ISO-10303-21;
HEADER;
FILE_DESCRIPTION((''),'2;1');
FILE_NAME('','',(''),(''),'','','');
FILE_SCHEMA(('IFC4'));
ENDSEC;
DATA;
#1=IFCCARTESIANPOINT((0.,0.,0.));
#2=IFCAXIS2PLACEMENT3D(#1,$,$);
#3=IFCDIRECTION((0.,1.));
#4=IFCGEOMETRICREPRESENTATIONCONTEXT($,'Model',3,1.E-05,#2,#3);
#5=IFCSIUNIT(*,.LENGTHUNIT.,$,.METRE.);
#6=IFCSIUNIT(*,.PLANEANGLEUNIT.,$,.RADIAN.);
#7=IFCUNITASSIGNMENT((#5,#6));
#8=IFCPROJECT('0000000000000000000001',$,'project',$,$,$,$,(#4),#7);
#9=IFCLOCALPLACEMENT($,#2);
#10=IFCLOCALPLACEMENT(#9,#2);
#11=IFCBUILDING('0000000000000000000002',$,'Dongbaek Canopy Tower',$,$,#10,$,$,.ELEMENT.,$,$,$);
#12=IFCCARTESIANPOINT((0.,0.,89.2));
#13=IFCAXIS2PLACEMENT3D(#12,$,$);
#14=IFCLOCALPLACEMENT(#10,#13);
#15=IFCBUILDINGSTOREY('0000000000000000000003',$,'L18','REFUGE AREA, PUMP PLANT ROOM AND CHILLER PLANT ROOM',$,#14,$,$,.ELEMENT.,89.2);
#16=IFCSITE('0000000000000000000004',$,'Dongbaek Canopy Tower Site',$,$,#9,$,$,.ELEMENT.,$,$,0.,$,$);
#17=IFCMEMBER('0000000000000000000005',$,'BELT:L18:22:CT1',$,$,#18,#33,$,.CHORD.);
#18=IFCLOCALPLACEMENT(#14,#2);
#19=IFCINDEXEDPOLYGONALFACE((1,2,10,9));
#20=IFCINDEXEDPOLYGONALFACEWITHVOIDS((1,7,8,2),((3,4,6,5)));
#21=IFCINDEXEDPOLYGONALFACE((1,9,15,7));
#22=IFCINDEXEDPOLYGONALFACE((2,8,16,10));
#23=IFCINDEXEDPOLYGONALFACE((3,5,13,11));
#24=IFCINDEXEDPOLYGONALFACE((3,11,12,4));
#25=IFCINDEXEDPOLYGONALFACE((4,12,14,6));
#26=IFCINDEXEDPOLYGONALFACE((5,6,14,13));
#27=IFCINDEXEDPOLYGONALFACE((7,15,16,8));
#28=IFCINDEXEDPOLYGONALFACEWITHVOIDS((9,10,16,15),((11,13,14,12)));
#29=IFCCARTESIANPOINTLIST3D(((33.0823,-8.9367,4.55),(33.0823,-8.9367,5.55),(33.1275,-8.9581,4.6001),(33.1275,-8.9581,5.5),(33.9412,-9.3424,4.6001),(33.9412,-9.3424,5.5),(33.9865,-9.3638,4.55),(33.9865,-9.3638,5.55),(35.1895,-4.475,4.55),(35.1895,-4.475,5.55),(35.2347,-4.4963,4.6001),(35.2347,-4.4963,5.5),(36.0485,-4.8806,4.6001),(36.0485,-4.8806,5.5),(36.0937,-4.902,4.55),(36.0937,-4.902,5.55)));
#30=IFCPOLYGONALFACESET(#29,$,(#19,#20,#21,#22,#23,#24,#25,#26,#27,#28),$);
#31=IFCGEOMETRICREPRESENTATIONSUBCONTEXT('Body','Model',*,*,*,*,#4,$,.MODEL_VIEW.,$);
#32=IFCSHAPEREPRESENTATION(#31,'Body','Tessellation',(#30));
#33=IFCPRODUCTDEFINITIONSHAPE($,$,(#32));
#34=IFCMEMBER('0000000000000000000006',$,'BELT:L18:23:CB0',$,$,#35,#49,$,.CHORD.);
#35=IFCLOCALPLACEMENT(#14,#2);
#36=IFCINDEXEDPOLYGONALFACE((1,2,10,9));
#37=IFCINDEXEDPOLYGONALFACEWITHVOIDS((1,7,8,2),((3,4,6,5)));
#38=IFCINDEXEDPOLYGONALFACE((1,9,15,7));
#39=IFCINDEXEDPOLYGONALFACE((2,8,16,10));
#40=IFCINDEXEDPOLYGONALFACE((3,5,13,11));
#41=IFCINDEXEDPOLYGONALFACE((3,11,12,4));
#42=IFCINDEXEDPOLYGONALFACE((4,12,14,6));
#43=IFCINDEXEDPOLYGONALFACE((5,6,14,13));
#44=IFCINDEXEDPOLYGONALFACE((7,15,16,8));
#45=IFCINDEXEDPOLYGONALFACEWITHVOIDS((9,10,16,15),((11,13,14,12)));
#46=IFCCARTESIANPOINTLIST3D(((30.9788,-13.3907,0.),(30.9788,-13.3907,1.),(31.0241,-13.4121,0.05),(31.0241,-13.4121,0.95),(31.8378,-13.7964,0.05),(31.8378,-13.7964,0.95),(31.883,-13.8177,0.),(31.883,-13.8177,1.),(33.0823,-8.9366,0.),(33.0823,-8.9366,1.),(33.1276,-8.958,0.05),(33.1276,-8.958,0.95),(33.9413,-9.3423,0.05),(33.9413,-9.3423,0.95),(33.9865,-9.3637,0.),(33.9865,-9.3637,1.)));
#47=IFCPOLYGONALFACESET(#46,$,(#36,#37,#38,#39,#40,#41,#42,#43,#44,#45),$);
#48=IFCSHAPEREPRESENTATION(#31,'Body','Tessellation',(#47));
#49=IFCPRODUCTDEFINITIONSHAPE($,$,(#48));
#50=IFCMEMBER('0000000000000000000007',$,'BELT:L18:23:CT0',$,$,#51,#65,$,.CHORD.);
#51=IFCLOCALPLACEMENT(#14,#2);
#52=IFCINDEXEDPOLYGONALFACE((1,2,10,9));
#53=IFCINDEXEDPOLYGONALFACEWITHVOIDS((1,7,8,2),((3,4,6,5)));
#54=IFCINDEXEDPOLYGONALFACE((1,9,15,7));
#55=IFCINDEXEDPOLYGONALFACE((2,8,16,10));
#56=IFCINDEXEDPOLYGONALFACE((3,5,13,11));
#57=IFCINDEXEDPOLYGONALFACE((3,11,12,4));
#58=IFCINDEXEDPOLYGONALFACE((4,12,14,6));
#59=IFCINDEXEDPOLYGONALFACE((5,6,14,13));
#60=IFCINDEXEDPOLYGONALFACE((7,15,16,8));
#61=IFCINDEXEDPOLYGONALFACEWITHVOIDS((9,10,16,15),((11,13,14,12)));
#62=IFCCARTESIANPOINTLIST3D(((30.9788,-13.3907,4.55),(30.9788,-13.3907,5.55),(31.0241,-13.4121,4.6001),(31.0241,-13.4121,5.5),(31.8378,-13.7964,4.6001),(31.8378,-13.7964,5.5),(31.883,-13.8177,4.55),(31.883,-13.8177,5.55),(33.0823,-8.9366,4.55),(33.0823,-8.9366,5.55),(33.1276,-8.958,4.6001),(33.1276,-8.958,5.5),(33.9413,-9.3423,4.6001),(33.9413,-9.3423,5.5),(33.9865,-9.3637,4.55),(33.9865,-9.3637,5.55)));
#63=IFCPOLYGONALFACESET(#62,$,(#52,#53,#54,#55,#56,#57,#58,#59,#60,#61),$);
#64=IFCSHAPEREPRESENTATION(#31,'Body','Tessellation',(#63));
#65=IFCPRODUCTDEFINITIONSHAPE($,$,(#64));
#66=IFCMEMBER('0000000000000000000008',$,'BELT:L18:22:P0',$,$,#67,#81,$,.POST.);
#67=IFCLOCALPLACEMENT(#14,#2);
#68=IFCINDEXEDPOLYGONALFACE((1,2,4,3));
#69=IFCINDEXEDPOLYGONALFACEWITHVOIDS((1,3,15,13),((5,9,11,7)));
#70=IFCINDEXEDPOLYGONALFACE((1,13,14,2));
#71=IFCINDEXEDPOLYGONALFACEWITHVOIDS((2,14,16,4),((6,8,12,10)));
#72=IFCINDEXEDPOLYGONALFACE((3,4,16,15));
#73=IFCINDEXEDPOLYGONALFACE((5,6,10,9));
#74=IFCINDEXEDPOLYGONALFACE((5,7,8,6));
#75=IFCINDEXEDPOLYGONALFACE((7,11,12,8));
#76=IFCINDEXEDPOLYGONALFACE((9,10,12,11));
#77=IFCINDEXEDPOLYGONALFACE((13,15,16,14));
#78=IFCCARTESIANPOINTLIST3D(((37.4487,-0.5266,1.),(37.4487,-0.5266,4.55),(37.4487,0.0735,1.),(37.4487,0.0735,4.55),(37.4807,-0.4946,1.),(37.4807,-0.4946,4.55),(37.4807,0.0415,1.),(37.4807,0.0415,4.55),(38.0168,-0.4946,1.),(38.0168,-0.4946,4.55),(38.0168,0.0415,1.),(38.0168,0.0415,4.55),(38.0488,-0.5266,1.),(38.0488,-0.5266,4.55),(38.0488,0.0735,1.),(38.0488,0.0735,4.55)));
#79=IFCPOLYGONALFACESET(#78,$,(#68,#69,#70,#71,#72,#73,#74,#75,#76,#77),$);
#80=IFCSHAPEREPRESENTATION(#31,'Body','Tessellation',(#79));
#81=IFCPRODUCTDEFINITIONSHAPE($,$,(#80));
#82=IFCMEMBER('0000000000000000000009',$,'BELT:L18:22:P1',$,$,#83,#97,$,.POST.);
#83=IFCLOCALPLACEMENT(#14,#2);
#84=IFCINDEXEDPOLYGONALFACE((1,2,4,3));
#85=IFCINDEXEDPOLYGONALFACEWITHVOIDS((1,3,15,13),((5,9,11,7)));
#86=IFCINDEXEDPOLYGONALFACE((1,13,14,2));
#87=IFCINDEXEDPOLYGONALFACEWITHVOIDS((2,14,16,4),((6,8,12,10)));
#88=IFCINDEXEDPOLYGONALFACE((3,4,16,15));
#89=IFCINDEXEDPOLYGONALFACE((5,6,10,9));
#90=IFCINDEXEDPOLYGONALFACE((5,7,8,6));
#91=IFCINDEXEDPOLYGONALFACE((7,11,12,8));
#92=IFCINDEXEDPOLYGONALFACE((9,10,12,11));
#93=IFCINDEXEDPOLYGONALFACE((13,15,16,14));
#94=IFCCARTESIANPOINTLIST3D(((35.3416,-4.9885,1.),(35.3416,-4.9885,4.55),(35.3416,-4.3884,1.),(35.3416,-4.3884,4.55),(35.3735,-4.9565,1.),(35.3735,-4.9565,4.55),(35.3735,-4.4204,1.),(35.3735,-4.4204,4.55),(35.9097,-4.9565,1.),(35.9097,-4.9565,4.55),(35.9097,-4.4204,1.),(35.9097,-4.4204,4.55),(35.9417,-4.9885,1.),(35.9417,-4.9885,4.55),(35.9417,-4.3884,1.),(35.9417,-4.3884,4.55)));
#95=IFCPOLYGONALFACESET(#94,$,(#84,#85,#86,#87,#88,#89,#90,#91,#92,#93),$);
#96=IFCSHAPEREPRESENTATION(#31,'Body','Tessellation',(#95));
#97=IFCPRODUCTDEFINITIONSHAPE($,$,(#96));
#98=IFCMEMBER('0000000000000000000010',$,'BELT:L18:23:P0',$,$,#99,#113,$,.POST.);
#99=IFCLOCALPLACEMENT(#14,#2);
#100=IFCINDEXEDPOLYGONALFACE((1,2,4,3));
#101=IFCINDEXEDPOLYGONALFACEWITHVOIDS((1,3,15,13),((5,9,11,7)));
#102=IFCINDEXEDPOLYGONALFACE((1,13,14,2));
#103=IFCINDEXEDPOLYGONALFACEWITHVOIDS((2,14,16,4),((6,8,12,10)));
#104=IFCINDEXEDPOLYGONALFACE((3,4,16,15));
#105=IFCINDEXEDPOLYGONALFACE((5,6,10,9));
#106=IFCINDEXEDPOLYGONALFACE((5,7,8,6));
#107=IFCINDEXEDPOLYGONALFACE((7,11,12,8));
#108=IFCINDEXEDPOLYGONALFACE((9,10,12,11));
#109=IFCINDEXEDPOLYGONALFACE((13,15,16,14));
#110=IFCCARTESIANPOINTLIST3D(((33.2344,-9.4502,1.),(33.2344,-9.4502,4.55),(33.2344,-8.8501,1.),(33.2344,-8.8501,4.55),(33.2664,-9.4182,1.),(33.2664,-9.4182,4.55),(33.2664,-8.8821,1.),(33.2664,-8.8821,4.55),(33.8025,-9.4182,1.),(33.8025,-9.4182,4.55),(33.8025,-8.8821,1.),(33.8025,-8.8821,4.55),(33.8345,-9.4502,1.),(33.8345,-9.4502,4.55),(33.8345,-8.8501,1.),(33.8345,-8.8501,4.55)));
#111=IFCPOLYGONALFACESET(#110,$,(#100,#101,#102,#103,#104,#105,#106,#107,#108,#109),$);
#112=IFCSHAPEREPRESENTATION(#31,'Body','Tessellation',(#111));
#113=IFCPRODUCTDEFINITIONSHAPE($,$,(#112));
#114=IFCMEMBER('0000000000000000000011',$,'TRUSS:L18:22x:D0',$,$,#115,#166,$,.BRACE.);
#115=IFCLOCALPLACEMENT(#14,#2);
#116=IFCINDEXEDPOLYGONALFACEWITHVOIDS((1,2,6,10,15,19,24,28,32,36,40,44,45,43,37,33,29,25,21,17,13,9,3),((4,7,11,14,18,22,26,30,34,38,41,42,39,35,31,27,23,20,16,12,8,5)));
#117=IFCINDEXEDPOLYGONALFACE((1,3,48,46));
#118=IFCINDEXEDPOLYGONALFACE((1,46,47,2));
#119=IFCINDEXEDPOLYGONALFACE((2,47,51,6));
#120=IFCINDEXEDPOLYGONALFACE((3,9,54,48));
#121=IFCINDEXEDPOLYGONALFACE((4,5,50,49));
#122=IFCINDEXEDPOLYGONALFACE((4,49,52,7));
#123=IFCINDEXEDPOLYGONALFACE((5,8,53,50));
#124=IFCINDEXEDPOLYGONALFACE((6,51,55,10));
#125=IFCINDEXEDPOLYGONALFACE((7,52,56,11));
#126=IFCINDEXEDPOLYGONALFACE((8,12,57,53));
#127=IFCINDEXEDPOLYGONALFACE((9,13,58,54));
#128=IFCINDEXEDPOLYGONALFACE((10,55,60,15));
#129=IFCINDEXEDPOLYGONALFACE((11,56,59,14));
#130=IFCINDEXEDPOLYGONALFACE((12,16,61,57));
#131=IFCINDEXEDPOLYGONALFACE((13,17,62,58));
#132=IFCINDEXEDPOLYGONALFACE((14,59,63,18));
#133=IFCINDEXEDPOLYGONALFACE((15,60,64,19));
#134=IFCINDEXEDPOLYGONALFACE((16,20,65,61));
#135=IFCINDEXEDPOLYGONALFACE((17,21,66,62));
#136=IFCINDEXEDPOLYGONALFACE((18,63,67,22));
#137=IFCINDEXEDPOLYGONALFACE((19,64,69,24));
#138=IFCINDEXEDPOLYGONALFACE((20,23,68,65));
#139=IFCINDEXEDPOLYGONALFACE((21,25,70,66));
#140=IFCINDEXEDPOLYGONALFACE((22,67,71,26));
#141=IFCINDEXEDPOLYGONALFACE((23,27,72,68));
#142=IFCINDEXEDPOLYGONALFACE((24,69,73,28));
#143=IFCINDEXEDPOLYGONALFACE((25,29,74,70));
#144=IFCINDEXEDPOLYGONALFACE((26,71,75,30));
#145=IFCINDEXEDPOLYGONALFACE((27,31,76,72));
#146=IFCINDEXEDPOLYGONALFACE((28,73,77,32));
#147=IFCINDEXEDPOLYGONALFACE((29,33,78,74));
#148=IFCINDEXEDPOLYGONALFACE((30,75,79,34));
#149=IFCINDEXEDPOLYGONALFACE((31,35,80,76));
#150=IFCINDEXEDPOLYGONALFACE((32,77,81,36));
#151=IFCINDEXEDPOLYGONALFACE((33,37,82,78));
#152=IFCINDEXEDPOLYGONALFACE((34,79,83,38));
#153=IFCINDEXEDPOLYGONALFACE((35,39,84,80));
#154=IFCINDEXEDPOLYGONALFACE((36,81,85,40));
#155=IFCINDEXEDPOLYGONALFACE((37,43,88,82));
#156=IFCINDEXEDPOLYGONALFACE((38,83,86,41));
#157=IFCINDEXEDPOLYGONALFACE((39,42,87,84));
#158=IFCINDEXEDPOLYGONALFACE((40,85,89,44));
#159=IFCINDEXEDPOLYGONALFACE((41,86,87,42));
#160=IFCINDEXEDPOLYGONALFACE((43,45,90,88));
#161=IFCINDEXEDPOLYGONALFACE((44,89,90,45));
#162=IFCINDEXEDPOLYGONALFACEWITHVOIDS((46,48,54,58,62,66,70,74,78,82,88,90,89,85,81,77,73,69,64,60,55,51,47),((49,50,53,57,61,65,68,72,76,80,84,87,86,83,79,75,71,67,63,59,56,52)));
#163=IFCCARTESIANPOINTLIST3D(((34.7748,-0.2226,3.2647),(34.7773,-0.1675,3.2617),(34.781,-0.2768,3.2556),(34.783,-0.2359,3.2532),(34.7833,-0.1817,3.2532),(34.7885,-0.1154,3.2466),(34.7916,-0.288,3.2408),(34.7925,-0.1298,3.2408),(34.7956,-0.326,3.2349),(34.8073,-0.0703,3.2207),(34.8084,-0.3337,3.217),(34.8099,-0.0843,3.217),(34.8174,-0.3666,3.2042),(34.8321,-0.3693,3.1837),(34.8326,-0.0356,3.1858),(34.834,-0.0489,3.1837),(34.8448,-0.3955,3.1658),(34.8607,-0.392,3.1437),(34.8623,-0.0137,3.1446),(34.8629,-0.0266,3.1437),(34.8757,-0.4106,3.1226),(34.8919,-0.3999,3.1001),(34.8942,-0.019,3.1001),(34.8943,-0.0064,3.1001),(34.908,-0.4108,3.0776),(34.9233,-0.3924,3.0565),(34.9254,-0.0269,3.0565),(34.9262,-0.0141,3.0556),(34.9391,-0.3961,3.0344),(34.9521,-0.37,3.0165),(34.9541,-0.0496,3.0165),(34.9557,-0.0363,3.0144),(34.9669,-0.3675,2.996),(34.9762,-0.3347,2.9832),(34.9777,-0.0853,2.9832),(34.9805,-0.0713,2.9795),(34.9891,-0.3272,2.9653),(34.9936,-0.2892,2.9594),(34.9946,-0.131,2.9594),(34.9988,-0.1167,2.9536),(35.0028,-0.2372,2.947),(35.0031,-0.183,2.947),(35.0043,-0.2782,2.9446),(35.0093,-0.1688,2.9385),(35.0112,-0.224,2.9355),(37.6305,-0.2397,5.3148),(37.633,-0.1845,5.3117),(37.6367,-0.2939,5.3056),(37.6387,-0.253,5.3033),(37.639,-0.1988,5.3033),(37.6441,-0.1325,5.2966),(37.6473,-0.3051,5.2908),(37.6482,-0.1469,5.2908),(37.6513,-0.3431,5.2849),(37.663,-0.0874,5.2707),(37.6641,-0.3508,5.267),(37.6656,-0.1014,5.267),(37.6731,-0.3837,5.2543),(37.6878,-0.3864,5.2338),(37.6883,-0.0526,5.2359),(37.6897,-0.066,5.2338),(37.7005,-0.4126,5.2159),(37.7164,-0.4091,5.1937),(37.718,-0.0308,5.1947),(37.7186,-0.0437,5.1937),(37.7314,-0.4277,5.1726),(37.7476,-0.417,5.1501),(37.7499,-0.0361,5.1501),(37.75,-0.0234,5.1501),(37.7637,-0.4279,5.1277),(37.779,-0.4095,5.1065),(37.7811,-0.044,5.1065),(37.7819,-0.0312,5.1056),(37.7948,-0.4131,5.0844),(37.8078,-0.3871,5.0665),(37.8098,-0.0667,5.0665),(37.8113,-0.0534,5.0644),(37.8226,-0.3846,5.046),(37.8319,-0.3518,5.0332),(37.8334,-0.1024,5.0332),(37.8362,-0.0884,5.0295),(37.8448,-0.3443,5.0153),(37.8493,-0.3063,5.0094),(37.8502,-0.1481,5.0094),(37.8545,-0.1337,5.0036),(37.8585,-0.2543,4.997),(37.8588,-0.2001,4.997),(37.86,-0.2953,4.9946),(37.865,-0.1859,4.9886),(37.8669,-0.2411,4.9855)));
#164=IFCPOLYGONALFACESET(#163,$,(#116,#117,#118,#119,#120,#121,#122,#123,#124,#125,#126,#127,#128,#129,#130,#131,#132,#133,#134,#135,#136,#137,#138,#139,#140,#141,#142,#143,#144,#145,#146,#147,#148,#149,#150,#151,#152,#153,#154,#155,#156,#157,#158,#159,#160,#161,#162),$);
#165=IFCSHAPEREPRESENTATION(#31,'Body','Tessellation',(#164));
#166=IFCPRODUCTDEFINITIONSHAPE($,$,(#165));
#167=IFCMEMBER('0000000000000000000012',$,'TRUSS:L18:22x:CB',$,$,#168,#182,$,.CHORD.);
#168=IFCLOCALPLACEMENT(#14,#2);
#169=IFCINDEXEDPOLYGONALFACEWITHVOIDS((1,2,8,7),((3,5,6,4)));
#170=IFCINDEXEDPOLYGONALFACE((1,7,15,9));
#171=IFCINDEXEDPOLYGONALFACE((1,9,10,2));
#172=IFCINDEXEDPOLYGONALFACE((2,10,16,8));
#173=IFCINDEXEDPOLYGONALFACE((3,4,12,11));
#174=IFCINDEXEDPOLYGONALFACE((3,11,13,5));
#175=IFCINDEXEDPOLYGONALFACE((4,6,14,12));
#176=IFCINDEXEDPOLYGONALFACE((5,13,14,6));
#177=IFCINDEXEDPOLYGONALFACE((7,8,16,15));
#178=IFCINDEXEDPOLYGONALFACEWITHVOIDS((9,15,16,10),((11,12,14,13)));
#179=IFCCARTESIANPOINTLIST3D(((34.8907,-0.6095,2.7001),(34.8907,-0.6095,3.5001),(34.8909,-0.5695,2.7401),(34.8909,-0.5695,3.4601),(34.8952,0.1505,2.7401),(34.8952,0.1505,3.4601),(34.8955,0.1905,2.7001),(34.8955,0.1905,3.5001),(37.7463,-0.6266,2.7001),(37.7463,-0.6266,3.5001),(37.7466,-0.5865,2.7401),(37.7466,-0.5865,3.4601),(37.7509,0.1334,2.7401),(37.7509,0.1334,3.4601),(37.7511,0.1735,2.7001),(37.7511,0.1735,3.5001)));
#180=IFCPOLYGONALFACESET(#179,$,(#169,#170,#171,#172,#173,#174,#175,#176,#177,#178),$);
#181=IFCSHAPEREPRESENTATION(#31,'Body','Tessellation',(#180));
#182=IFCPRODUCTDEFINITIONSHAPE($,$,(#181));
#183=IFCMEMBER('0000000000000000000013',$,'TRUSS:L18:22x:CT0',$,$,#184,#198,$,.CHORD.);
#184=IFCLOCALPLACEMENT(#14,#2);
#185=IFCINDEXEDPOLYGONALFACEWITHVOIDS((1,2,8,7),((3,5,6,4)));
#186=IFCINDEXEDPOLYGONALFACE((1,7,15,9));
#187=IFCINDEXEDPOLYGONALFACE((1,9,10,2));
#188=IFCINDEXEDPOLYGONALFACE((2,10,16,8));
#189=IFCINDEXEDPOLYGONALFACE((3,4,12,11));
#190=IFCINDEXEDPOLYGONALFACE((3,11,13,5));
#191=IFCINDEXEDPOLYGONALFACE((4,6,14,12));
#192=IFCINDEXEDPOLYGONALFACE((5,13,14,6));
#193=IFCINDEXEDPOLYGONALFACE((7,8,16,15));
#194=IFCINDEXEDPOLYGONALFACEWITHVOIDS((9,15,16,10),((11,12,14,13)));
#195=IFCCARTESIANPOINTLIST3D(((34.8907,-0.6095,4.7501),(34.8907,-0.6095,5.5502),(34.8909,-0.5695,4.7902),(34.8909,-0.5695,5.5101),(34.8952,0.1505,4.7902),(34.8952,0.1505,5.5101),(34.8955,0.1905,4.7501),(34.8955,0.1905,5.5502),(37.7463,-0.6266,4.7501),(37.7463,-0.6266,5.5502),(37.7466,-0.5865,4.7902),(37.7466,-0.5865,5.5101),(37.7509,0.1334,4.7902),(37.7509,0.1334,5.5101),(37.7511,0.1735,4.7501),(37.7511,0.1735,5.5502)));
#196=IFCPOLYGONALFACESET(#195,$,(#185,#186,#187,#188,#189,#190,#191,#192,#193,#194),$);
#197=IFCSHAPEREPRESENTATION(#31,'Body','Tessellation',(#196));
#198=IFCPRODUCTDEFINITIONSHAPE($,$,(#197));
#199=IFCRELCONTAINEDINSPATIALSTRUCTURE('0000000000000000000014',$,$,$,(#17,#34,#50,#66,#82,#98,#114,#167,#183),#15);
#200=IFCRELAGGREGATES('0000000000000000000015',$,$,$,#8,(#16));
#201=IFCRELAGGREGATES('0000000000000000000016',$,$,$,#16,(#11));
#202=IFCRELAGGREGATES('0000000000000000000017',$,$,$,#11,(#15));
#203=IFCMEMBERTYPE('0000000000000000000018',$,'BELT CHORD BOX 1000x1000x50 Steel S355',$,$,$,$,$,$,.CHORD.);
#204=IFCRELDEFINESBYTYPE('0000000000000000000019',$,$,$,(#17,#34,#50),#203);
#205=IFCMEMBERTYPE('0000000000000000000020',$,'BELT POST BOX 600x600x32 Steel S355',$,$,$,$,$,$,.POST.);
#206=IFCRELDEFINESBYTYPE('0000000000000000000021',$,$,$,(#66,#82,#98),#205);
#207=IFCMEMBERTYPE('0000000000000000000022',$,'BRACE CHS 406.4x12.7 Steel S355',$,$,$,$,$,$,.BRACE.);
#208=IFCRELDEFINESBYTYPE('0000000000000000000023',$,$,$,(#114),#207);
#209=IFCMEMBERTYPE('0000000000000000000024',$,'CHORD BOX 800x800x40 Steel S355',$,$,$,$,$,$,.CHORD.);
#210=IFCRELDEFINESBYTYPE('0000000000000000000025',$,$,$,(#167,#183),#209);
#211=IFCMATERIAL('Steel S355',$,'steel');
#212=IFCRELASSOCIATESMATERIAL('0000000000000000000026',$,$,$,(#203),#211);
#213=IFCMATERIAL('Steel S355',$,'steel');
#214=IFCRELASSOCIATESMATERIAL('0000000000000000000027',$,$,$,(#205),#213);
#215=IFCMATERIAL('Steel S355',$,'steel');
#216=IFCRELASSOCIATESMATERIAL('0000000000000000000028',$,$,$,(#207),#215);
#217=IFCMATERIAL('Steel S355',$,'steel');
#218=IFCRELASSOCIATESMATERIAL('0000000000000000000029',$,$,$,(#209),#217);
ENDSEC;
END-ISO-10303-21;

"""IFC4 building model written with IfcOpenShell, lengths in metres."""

from ifc_helpers import new_model, si_unit, direction, frame, origin, origin_2d, place, context, subcontext, project, spatial, hollow_rectangle, hollow_circle, extrude, material, material_profile, profile_set, type_object, element, save


model = new_model("IFC4")

# Units and contexts
model_context = context("Model", 3, precision=1e-05, world=origin(), true_north=direction((0.0, 1.0)))
body_context = subcontext(model_context, "Body", "Model", "MODEL_VIEW")
ifc_project = project(units=[si_unit("LENGTHUNIT", "METRE"), si_unit("PLANEANGLEUNIT", "RADIAN")], contexts=[model_context])

# Site, building, storey
site_placement = place(None, origin())
site = spatial("IfcSite", under=ifc_project, at=site_placement, Name="Dongbaek Canopy Tower Site", CompositionType="ELEMENT", RefElevation=0.0)
building_placement = place(site_placement, origin())
building = spatial("IfcBuilding", under=site, at=building_placement, Name="Dongbaek Canopy Tower", CompositionType="ELEMENT")
storey_placement = place(building_placement, frame((0.0, 0.0, 89.2)))
storey = spatial("IfcBuildingStorey", under=building, at=storey_placement, Name="L18", Description="REFUGE AREA, PUMP PLANT ROOM AND CHILLER PLANT ROOM", CompositionType="ELEMENT", Elevation=89.2)

# Members
ifc_material_1 = material(Name="Steel S355", Category="steel")
ifc_material_profile_1 = material_profile(ifc_material_1, hollow_rectangle(XDim=1.0, YDim=1.0, WallThickness=0.05, at=origin_2d()), Name="BELT CHORD BOX 1000x1000x50 Steel S355")
ifc_profile_set_1 = profile_set([ifc_material_profile_1], Name="Steel S355")
member_type_1 = type_object("IfcMemberType", Name="BELT CHORD BOX 1000x1000x50 Steel S355", PredefinedType="CHORD", material=ifc_profile_set_1)
for number, where, z_axis, x_axis, name in (
    (1, (35.6416, -4.6885, 5.05), (-0.427052, -0.904227, 0.0), (0.904227, -0.427052, 0.0), "BELT:L18:22:CT1"),
):
    element("IfcMember", number, at=place(storey_placement, frame(where, z_axis=z_axis, x_axis=x_axis)), inside=storey, type_object=member_type_1, Name=name, PredefinedType="CHORD", context=body_context, shape_type="SweptSolid", body=[
        extrude(hollow_rectangle(XDim=1.0, YDim=1.0, WallThickness=0.05, at=origin_2d()), origin(), (0.0, 0.0, 1.0), 4.9343),
    ])
for number, where, z_axis, x_axis, name in (
    (2, (33.5344, -9.1501, 0.5), (-0.427038, -0.904234, 0.0), (0.904234, -0.427038, 0.0), "BELT:L18:23:CB0"),
    (3, (33.5344, -9.1501, 5.05), (-0.427038, -0.904234, 0.0), (0.904234, -0.427038, 0.0), "BELT:L18:23:CT0"),
):
    element("IfcMember", number, at=place(storey_placement, frame(where, z_axis=z_axis, x_axis=x_axis)), inside=storey, type_object=member_type_1, Name=name, PredefinedType="CHORD", context=body_context, shape_type="SweptSolid", body=[
        extrude(hollow_rectangle(XDim=1.0, YDim=1.0, WallThickness=0.05, at=origin_2d()), origin(), (0.0, 0.0, 1.0), 4.9258),
    ])
ifc_material_2 = material(Name="Steel S355", Category="steel")
ifc_material_profile_2 = material_profile(ifc_material_2, hollow_rectangle(XDim=0.6001, YDim=0.6001, WallThickness=0.032, at=origin_2d()), Name="BELT POST BOX 600x600x32 Steel S355")
ifc_profile_set_2 = profile_set([ifc_material_profile_2], Name="Steel S355")
member_type_2 = type_object("IfcMemberType", Name="BELT POST BOX 600x600x32 Steel S355", PredefinedType="POST", material=ifc_profile_set_2)
for number, where, z_axis, x_axis, name in (
    (4, (37.7488, -0.2266, 1.0), (0.0, 0.0, 1.0), (1.0, 0.0, 0.0), "BELT:L18:22:P0"),
    (5, (35.6416, -4.6885, 1.0), (0.0, 0.0, 1.0), (1.0, 0.0, 0.0), "BELT:L18:22:P1"),
    (6, (33.5344, -9.1501, 1.0), (0.0, 0.0, 1.0), (1.0, 0.0, 0.0), "BELT:L18:23:P0"),
):
    element("IfcMember", number, at=place(storey_placement, frame(where, z_axis=z_axis, x_axis=x_axis)), inside=storey, type_object=member_type_2, Name=name, PredefinedType="POST", context=body_context, shape_type="SweptSolid", body=[
        extrude(hollow_rectangle(XDim=0.6001, YDim=0.6001, WallThickness=0.032, at=origin_2d()), origin(), (0.0, 0.0, 1.0), 3.55),
    ])
ifc_material_3 = material(Name="Steel S355", Category="steel")
ifc_material_profile_3 = material_profile(ifc_material_3, hollow_circle(Radius=0.2031, WallThickness=0.0127, at=origin_2d()), Name="BRACE CHS 406.4x12.7 Steel S355")
ifc_profile_set_3 = profile_set([ifc_material_profile_3], Name="Steel S355")
member_type_3 = type_object("IfcMemberType", Name="BRACE CHS 406.4x12.7 Steel S355", PredefinedType="BRACE", material=ifc_profile_set_3)
member_1_placement = place(storey_placement, frame((34.8931, -0.2095, 3.1001), z_axis=(0.812342, -0.004861, 0.583161), x_axis=(0.005984, 0.999982, 0.0)))
element("IfcMember", 7, at=member_1_placement, inside=storey, type_object=member_type_3, Name="TRUSS:L18:22x:D0", PredefinedType="BRACE", context=body_context, shape_type="SweptSolid", body=[
    extrude(hollow_circle(Radius=0.2031, WallThickness=0.0127, at=origin_2d()), origin(), (0.0, 0.0, 1.0), 3.5154),
])
ifc_material_4 = material(Name="Steel S355", Category="steel")
ifc_material_profile_4 = material_profile(ifc_material_4, hollow_rectangle(XDim=0.8, YDim=0.8, WallThickness=0.04, at=origin_2d()), Name="CHORD BOX 800x800x40 Steel S355")
ifc_profile_set_4 = profile_set([ifc_material_profile_4], Name="Steel S355")
member_type_4 = type_object("IfcMemberType", Name="CHORD BOX 800x800x40 Steel S355", PredefinedType="CHORD", material=ifc_profile_set_4)
for number, where, z_axis, x_axis, name in (
    (8, (34.8931, -0.2095, 3.1001), (0.999982, -0.005984, 0.0), (0.005984, 0.999982, 0.0), "TRUSS:L18:22x:CB"),
    (9, (34.8931, -0.2095, 5.1501), (0.999982, -0.005984, 0.0), (0.005984, 0.999982, 0.0), "TRUSS:L18:22x:CT0"),
):
    element("IfcMember", number, at=place(storey_placement, frame(where, z_axis=z_axis, x_axis=x_axis)), inside=storey, type_object=member_type_4, Name=name, PredefinedType="CHORD", context=body_context, shape_type="SweptSolid", body=[
        extrude(hollow_rectangle(XDim=0.8, YDim=0.8, WallThickness=0.04, at=origin_2d()), origin(), (0.0, 0.0, 1.0), 2.8557),
    ])

save(model, "model.ifc")
